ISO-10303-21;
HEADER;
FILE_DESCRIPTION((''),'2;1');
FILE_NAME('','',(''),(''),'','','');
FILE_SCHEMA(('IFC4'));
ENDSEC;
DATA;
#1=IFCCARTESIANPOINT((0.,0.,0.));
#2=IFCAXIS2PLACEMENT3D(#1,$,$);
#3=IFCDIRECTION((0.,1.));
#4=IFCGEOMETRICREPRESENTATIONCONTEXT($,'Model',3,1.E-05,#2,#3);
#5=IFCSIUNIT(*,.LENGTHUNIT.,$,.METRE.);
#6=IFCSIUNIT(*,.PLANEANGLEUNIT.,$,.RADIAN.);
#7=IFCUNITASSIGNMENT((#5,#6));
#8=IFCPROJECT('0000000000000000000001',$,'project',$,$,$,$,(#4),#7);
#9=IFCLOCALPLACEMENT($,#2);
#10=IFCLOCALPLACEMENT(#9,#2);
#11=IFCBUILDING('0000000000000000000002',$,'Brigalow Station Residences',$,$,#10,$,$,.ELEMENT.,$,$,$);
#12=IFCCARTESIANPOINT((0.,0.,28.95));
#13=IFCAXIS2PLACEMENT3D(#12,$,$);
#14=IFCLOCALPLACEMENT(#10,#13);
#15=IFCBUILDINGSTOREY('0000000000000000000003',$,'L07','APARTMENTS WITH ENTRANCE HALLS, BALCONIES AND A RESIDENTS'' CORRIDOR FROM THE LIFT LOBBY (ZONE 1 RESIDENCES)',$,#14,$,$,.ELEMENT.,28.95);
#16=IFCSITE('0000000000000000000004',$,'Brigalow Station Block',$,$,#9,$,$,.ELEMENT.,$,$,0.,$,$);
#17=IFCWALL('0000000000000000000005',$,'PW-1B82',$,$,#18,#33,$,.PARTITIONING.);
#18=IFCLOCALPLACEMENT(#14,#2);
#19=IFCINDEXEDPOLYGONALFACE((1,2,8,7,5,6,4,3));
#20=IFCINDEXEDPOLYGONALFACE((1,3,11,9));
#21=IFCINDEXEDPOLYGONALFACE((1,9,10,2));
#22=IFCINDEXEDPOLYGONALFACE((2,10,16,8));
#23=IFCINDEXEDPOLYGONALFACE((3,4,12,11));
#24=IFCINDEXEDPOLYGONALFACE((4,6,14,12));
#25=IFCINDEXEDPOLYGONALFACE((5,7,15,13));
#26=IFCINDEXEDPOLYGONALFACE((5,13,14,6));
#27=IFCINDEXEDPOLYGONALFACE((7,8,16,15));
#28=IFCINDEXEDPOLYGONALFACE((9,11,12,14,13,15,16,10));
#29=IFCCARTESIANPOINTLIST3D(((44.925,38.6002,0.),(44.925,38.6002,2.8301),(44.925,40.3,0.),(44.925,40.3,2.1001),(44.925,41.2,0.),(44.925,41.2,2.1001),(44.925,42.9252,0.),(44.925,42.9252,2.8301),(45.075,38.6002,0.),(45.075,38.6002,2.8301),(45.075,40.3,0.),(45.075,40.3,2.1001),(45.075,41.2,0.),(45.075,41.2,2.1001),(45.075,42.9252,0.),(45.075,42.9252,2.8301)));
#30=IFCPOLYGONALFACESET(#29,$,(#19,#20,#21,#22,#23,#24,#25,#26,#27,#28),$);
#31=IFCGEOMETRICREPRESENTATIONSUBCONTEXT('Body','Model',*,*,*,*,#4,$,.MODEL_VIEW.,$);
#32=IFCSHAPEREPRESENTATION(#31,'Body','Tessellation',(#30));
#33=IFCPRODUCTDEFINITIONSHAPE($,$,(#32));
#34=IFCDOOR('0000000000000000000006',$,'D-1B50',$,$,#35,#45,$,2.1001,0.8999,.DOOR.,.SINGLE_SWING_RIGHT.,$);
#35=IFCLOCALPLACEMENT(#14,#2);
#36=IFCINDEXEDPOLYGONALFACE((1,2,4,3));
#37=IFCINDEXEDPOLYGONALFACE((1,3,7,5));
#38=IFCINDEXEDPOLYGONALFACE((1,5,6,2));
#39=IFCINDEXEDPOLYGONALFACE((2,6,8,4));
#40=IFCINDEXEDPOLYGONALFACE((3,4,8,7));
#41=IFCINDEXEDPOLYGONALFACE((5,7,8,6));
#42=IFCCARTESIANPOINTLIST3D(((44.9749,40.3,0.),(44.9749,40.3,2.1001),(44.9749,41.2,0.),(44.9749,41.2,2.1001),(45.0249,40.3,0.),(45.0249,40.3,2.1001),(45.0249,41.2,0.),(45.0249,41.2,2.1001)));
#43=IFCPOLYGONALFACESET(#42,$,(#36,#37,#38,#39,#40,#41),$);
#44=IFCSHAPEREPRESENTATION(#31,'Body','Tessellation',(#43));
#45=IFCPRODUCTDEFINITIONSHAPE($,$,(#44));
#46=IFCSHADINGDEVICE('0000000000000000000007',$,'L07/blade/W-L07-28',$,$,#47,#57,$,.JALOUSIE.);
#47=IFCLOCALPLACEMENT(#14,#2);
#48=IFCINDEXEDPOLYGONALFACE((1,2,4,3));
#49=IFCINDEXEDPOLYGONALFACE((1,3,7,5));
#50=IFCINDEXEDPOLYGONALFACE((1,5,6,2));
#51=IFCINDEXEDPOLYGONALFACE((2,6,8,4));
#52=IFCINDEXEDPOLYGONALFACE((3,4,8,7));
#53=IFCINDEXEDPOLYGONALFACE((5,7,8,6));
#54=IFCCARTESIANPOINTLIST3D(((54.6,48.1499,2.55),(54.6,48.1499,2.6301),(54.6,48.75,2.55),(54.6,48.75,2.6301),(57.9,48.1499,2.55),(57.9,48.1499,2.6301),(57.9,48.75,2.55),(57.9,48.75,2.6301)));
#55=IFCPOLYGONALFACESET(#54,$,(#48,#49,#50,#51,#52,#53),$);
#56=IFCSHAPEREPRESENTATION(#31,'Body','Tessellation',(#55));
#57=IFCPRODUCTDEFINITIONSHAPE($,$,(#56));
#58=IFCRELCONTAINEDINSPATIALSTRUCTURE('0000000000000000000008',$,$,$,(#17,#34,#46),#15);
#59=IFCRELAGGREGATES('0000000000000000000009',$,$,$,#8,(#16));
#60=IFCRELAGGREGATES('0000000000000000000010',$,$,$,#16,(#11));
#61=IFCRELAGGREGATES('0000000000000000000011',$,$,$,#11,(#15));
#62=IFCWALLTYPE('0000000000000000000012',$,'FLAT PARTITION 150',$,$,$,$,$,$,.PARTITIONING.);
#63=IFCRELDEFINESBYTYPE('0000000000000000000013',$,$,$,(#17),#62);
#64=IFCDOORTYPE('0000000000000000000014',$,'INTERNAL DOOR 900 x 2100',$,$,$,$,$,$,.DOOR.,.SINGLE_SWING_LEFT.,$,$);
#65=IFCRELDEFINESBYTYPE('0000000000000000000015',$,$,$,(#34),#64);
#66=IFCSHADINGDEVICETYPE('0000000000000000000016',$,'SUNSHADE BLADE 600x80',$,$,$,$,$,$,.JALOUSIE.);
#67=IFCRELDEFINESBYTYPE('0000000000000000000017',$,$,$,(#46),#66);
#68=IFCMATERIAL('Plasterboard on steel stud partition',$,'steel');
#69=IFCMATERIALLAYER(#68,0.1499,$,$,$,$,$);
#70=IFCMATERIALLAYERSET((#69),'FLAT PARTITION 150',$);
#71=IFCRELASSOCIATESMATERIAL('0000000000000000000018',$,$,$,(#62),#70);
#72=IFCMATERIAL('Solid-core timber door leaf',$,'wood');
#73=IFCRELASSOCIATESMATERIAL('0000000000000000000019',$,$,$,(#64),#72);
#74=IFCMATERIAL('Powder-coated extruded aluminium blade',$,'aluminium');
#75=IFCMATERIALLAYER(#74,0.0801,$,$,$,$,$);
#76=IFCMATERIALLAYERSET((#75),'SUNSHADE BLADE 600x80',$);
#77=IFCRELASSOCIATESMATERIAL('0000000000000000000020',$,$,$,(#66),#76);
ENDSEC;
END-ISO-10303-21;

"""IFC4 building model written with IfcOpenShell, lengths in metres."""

from ifc_helpers import new_model, si_unit, direction, frame, frame_2d, origin, origin_2d, place, context, subcontext, project, spatial, rectangle, extrude, material, layer, layer_set, type_object, element, fill, save


model = new_model("IFC4")

# Units and contexts
model_context = context("Model", 3, precision=1e-05, world=origin(), true_north=direction((0.0, 1.0)))
body_context = subcontext(model_context, "Body", "Model", "MODEL_VIEW")
ifc_project = project(units=[si_unit("LENGTHUNIT", "METRE"), si_unit("PLANEANGLEUNIT", "RADIAN")], contexts=[model_context])

# Site, building, storey
site_placement = place(None, origin())
site = spatial("IfcSite", under=ifc_project, at=site_placement, Name="Brigalow Station Block", CompositionType="ELEMENT", RefElevation=0.0)
building_placement = place(site_placement, origin())
building = spatial("IfcBuilding", under=site, at=building_placement, Name="Brigalow Station Residences", CompositionType="ELEMENT")
storey_placement = place(building_placement, frame((0.0, 0.0, 28.95)))
storey = spatial("IfcBuildingStorey", under=building, at=storey_placement, Name="L07", Description="APARTMENTS WITH ENTRANCE HALLS, BALCONIES AND A RESIDENTS' CORRIDOR FROM THE LIFT LOBBY (ZONE 1 RESIDENCES)", CompositionType="ELEMENT", Elevation=28.95)

# Shared definitions
ifc_material_1 = material(Name="Plasterboard on steel stud partition", Category="steel")
ifc_layer_1 = layer(ifc_material_1, 0.1499)
ifc_layer_set_1 = layer_set([ifc_layer_1], Name="FLAT PARTITION 150")
wall_type_1 = type_object("IfcWallType", Name="FLAT PARTITION 150", PredefinedType="PARTITIONING", material=ifc_layer_set_1)
ifc_material_2 = material(Name="Solid-core timber door leaf", Category="wood")
door_type_1 = type_object("IfcDoorType", Name="INTERNAL DOOR 900 x 2100", OperationType="SINGLE_SWING_LEFT", PredefinedType="DOOR", material=ifc_material_2)

# Wall, opening, door
wall_1_placement = place(storey_placement, frame((45.0, 38.6001, 0.0), z_axis=(0.0, 0.0, 1.0), x_axis=(0.0, 1.0, 0.0)))
wall_1 = element("IfcWall", 1, at=wall_1_placement, inside=storey, type_object=wall_type_1, Name="PW-1B82", PredefinedType="PARTITIONING", context=body_context, shape_type="SweptSolid", body=[
    extrude(rectangle(XDim=4.325, YDim=0.1499, at=frame_2d((2.1626, 0.0))), origin(), (0.0, 0.0, 1.0), 2.8301),
])
opening_1_placement = place(wall_1_placement, frame((1.7, 0.0, 0.0)))
opening_1 = element("IfcOpeningElement", 2, at=opening_1_placement, cuts=wall_1, PredefinedType="OPENING", context=body_context, shape_type="SweptSolid", body=[
    extrude(rectangle(XDim=0.8999, YDim=2.1001, at=frame_2d((0.45, 1.05))), frame((0.0, 0.085, 0.0), z_axis=(0.0, -1.0, 0.0), x_axis=(1.0, 0.0, 0.0)), (0.0, 0.0, 1.0), 0.1699),
])
door_1_placement = place(opening_1_placement, frame((0.8999, 0.0, 0.0), z_axis=(0.0, 0.0, 1.0), x_axis=(-1.0, 0.0, 0.0)))
door_1 = element("IfcDoor", 3, at=door_1_placement, inside=storey, type_object=door_type_1, Name="D-1B50", OperationType="SINGLE_SWING_RIGHT", OverallHeight=2.1001, OverallWidth=0.8999, PredefinedType="DOOR", context=body_context, shape_type="SweptSolid", body=[
    extrude(rectangle(XDim=0.8999, YDim=2.1001, at=frame_2d((0.45, 1.05))), frame((0.0, 0.0249, 0.0), z_axis=(0.0, -1.0, 0.0), x_axis=(1.0, 0.0, 0.0)), (0.0, 0.0, 1.0), 0.05),
])
fill(opening_1, door_1)

# Shading device
ifc_material_3 = material(Name="Powder-coated extruded aluminium blade", Category="aluminium")
ifc_layer_2 = layer(ifc_material_3, 0.0801)
ifc_layer_set_2 = layer_set([ifc_layer_2], Name="SUNSHADE BLADE 600x80")
shading_device_type = type_object("IfcShadingDeviceType", Name="SUNSHADE BLADE 600x80", PredefinedType="JALOUSIE", material=ifc_layer_set_2)
shading_device_placement = place(storey_placement, frame((56.25, 48.45, 2.55), z_axis=(0.0, 0.0, 1.0), x_axis=(-1.0, 0.0, 0.0)))
element("IfcShadingDevice", 4, at=shading_device_placement, inside=storey, type_object=shading_device_type, Name="L07/blade/W-L07-28", PredefinedType="JALOUSIE", context=body_context, shape_type="SweptSolid", body=[
    extrude(rectangle(XDim=3.3, YDim=0.6001, at=origin_2d()), origin(), (0.0, 0.0, 1.0), 0.0801),
])

save(model, "model.ifc")
